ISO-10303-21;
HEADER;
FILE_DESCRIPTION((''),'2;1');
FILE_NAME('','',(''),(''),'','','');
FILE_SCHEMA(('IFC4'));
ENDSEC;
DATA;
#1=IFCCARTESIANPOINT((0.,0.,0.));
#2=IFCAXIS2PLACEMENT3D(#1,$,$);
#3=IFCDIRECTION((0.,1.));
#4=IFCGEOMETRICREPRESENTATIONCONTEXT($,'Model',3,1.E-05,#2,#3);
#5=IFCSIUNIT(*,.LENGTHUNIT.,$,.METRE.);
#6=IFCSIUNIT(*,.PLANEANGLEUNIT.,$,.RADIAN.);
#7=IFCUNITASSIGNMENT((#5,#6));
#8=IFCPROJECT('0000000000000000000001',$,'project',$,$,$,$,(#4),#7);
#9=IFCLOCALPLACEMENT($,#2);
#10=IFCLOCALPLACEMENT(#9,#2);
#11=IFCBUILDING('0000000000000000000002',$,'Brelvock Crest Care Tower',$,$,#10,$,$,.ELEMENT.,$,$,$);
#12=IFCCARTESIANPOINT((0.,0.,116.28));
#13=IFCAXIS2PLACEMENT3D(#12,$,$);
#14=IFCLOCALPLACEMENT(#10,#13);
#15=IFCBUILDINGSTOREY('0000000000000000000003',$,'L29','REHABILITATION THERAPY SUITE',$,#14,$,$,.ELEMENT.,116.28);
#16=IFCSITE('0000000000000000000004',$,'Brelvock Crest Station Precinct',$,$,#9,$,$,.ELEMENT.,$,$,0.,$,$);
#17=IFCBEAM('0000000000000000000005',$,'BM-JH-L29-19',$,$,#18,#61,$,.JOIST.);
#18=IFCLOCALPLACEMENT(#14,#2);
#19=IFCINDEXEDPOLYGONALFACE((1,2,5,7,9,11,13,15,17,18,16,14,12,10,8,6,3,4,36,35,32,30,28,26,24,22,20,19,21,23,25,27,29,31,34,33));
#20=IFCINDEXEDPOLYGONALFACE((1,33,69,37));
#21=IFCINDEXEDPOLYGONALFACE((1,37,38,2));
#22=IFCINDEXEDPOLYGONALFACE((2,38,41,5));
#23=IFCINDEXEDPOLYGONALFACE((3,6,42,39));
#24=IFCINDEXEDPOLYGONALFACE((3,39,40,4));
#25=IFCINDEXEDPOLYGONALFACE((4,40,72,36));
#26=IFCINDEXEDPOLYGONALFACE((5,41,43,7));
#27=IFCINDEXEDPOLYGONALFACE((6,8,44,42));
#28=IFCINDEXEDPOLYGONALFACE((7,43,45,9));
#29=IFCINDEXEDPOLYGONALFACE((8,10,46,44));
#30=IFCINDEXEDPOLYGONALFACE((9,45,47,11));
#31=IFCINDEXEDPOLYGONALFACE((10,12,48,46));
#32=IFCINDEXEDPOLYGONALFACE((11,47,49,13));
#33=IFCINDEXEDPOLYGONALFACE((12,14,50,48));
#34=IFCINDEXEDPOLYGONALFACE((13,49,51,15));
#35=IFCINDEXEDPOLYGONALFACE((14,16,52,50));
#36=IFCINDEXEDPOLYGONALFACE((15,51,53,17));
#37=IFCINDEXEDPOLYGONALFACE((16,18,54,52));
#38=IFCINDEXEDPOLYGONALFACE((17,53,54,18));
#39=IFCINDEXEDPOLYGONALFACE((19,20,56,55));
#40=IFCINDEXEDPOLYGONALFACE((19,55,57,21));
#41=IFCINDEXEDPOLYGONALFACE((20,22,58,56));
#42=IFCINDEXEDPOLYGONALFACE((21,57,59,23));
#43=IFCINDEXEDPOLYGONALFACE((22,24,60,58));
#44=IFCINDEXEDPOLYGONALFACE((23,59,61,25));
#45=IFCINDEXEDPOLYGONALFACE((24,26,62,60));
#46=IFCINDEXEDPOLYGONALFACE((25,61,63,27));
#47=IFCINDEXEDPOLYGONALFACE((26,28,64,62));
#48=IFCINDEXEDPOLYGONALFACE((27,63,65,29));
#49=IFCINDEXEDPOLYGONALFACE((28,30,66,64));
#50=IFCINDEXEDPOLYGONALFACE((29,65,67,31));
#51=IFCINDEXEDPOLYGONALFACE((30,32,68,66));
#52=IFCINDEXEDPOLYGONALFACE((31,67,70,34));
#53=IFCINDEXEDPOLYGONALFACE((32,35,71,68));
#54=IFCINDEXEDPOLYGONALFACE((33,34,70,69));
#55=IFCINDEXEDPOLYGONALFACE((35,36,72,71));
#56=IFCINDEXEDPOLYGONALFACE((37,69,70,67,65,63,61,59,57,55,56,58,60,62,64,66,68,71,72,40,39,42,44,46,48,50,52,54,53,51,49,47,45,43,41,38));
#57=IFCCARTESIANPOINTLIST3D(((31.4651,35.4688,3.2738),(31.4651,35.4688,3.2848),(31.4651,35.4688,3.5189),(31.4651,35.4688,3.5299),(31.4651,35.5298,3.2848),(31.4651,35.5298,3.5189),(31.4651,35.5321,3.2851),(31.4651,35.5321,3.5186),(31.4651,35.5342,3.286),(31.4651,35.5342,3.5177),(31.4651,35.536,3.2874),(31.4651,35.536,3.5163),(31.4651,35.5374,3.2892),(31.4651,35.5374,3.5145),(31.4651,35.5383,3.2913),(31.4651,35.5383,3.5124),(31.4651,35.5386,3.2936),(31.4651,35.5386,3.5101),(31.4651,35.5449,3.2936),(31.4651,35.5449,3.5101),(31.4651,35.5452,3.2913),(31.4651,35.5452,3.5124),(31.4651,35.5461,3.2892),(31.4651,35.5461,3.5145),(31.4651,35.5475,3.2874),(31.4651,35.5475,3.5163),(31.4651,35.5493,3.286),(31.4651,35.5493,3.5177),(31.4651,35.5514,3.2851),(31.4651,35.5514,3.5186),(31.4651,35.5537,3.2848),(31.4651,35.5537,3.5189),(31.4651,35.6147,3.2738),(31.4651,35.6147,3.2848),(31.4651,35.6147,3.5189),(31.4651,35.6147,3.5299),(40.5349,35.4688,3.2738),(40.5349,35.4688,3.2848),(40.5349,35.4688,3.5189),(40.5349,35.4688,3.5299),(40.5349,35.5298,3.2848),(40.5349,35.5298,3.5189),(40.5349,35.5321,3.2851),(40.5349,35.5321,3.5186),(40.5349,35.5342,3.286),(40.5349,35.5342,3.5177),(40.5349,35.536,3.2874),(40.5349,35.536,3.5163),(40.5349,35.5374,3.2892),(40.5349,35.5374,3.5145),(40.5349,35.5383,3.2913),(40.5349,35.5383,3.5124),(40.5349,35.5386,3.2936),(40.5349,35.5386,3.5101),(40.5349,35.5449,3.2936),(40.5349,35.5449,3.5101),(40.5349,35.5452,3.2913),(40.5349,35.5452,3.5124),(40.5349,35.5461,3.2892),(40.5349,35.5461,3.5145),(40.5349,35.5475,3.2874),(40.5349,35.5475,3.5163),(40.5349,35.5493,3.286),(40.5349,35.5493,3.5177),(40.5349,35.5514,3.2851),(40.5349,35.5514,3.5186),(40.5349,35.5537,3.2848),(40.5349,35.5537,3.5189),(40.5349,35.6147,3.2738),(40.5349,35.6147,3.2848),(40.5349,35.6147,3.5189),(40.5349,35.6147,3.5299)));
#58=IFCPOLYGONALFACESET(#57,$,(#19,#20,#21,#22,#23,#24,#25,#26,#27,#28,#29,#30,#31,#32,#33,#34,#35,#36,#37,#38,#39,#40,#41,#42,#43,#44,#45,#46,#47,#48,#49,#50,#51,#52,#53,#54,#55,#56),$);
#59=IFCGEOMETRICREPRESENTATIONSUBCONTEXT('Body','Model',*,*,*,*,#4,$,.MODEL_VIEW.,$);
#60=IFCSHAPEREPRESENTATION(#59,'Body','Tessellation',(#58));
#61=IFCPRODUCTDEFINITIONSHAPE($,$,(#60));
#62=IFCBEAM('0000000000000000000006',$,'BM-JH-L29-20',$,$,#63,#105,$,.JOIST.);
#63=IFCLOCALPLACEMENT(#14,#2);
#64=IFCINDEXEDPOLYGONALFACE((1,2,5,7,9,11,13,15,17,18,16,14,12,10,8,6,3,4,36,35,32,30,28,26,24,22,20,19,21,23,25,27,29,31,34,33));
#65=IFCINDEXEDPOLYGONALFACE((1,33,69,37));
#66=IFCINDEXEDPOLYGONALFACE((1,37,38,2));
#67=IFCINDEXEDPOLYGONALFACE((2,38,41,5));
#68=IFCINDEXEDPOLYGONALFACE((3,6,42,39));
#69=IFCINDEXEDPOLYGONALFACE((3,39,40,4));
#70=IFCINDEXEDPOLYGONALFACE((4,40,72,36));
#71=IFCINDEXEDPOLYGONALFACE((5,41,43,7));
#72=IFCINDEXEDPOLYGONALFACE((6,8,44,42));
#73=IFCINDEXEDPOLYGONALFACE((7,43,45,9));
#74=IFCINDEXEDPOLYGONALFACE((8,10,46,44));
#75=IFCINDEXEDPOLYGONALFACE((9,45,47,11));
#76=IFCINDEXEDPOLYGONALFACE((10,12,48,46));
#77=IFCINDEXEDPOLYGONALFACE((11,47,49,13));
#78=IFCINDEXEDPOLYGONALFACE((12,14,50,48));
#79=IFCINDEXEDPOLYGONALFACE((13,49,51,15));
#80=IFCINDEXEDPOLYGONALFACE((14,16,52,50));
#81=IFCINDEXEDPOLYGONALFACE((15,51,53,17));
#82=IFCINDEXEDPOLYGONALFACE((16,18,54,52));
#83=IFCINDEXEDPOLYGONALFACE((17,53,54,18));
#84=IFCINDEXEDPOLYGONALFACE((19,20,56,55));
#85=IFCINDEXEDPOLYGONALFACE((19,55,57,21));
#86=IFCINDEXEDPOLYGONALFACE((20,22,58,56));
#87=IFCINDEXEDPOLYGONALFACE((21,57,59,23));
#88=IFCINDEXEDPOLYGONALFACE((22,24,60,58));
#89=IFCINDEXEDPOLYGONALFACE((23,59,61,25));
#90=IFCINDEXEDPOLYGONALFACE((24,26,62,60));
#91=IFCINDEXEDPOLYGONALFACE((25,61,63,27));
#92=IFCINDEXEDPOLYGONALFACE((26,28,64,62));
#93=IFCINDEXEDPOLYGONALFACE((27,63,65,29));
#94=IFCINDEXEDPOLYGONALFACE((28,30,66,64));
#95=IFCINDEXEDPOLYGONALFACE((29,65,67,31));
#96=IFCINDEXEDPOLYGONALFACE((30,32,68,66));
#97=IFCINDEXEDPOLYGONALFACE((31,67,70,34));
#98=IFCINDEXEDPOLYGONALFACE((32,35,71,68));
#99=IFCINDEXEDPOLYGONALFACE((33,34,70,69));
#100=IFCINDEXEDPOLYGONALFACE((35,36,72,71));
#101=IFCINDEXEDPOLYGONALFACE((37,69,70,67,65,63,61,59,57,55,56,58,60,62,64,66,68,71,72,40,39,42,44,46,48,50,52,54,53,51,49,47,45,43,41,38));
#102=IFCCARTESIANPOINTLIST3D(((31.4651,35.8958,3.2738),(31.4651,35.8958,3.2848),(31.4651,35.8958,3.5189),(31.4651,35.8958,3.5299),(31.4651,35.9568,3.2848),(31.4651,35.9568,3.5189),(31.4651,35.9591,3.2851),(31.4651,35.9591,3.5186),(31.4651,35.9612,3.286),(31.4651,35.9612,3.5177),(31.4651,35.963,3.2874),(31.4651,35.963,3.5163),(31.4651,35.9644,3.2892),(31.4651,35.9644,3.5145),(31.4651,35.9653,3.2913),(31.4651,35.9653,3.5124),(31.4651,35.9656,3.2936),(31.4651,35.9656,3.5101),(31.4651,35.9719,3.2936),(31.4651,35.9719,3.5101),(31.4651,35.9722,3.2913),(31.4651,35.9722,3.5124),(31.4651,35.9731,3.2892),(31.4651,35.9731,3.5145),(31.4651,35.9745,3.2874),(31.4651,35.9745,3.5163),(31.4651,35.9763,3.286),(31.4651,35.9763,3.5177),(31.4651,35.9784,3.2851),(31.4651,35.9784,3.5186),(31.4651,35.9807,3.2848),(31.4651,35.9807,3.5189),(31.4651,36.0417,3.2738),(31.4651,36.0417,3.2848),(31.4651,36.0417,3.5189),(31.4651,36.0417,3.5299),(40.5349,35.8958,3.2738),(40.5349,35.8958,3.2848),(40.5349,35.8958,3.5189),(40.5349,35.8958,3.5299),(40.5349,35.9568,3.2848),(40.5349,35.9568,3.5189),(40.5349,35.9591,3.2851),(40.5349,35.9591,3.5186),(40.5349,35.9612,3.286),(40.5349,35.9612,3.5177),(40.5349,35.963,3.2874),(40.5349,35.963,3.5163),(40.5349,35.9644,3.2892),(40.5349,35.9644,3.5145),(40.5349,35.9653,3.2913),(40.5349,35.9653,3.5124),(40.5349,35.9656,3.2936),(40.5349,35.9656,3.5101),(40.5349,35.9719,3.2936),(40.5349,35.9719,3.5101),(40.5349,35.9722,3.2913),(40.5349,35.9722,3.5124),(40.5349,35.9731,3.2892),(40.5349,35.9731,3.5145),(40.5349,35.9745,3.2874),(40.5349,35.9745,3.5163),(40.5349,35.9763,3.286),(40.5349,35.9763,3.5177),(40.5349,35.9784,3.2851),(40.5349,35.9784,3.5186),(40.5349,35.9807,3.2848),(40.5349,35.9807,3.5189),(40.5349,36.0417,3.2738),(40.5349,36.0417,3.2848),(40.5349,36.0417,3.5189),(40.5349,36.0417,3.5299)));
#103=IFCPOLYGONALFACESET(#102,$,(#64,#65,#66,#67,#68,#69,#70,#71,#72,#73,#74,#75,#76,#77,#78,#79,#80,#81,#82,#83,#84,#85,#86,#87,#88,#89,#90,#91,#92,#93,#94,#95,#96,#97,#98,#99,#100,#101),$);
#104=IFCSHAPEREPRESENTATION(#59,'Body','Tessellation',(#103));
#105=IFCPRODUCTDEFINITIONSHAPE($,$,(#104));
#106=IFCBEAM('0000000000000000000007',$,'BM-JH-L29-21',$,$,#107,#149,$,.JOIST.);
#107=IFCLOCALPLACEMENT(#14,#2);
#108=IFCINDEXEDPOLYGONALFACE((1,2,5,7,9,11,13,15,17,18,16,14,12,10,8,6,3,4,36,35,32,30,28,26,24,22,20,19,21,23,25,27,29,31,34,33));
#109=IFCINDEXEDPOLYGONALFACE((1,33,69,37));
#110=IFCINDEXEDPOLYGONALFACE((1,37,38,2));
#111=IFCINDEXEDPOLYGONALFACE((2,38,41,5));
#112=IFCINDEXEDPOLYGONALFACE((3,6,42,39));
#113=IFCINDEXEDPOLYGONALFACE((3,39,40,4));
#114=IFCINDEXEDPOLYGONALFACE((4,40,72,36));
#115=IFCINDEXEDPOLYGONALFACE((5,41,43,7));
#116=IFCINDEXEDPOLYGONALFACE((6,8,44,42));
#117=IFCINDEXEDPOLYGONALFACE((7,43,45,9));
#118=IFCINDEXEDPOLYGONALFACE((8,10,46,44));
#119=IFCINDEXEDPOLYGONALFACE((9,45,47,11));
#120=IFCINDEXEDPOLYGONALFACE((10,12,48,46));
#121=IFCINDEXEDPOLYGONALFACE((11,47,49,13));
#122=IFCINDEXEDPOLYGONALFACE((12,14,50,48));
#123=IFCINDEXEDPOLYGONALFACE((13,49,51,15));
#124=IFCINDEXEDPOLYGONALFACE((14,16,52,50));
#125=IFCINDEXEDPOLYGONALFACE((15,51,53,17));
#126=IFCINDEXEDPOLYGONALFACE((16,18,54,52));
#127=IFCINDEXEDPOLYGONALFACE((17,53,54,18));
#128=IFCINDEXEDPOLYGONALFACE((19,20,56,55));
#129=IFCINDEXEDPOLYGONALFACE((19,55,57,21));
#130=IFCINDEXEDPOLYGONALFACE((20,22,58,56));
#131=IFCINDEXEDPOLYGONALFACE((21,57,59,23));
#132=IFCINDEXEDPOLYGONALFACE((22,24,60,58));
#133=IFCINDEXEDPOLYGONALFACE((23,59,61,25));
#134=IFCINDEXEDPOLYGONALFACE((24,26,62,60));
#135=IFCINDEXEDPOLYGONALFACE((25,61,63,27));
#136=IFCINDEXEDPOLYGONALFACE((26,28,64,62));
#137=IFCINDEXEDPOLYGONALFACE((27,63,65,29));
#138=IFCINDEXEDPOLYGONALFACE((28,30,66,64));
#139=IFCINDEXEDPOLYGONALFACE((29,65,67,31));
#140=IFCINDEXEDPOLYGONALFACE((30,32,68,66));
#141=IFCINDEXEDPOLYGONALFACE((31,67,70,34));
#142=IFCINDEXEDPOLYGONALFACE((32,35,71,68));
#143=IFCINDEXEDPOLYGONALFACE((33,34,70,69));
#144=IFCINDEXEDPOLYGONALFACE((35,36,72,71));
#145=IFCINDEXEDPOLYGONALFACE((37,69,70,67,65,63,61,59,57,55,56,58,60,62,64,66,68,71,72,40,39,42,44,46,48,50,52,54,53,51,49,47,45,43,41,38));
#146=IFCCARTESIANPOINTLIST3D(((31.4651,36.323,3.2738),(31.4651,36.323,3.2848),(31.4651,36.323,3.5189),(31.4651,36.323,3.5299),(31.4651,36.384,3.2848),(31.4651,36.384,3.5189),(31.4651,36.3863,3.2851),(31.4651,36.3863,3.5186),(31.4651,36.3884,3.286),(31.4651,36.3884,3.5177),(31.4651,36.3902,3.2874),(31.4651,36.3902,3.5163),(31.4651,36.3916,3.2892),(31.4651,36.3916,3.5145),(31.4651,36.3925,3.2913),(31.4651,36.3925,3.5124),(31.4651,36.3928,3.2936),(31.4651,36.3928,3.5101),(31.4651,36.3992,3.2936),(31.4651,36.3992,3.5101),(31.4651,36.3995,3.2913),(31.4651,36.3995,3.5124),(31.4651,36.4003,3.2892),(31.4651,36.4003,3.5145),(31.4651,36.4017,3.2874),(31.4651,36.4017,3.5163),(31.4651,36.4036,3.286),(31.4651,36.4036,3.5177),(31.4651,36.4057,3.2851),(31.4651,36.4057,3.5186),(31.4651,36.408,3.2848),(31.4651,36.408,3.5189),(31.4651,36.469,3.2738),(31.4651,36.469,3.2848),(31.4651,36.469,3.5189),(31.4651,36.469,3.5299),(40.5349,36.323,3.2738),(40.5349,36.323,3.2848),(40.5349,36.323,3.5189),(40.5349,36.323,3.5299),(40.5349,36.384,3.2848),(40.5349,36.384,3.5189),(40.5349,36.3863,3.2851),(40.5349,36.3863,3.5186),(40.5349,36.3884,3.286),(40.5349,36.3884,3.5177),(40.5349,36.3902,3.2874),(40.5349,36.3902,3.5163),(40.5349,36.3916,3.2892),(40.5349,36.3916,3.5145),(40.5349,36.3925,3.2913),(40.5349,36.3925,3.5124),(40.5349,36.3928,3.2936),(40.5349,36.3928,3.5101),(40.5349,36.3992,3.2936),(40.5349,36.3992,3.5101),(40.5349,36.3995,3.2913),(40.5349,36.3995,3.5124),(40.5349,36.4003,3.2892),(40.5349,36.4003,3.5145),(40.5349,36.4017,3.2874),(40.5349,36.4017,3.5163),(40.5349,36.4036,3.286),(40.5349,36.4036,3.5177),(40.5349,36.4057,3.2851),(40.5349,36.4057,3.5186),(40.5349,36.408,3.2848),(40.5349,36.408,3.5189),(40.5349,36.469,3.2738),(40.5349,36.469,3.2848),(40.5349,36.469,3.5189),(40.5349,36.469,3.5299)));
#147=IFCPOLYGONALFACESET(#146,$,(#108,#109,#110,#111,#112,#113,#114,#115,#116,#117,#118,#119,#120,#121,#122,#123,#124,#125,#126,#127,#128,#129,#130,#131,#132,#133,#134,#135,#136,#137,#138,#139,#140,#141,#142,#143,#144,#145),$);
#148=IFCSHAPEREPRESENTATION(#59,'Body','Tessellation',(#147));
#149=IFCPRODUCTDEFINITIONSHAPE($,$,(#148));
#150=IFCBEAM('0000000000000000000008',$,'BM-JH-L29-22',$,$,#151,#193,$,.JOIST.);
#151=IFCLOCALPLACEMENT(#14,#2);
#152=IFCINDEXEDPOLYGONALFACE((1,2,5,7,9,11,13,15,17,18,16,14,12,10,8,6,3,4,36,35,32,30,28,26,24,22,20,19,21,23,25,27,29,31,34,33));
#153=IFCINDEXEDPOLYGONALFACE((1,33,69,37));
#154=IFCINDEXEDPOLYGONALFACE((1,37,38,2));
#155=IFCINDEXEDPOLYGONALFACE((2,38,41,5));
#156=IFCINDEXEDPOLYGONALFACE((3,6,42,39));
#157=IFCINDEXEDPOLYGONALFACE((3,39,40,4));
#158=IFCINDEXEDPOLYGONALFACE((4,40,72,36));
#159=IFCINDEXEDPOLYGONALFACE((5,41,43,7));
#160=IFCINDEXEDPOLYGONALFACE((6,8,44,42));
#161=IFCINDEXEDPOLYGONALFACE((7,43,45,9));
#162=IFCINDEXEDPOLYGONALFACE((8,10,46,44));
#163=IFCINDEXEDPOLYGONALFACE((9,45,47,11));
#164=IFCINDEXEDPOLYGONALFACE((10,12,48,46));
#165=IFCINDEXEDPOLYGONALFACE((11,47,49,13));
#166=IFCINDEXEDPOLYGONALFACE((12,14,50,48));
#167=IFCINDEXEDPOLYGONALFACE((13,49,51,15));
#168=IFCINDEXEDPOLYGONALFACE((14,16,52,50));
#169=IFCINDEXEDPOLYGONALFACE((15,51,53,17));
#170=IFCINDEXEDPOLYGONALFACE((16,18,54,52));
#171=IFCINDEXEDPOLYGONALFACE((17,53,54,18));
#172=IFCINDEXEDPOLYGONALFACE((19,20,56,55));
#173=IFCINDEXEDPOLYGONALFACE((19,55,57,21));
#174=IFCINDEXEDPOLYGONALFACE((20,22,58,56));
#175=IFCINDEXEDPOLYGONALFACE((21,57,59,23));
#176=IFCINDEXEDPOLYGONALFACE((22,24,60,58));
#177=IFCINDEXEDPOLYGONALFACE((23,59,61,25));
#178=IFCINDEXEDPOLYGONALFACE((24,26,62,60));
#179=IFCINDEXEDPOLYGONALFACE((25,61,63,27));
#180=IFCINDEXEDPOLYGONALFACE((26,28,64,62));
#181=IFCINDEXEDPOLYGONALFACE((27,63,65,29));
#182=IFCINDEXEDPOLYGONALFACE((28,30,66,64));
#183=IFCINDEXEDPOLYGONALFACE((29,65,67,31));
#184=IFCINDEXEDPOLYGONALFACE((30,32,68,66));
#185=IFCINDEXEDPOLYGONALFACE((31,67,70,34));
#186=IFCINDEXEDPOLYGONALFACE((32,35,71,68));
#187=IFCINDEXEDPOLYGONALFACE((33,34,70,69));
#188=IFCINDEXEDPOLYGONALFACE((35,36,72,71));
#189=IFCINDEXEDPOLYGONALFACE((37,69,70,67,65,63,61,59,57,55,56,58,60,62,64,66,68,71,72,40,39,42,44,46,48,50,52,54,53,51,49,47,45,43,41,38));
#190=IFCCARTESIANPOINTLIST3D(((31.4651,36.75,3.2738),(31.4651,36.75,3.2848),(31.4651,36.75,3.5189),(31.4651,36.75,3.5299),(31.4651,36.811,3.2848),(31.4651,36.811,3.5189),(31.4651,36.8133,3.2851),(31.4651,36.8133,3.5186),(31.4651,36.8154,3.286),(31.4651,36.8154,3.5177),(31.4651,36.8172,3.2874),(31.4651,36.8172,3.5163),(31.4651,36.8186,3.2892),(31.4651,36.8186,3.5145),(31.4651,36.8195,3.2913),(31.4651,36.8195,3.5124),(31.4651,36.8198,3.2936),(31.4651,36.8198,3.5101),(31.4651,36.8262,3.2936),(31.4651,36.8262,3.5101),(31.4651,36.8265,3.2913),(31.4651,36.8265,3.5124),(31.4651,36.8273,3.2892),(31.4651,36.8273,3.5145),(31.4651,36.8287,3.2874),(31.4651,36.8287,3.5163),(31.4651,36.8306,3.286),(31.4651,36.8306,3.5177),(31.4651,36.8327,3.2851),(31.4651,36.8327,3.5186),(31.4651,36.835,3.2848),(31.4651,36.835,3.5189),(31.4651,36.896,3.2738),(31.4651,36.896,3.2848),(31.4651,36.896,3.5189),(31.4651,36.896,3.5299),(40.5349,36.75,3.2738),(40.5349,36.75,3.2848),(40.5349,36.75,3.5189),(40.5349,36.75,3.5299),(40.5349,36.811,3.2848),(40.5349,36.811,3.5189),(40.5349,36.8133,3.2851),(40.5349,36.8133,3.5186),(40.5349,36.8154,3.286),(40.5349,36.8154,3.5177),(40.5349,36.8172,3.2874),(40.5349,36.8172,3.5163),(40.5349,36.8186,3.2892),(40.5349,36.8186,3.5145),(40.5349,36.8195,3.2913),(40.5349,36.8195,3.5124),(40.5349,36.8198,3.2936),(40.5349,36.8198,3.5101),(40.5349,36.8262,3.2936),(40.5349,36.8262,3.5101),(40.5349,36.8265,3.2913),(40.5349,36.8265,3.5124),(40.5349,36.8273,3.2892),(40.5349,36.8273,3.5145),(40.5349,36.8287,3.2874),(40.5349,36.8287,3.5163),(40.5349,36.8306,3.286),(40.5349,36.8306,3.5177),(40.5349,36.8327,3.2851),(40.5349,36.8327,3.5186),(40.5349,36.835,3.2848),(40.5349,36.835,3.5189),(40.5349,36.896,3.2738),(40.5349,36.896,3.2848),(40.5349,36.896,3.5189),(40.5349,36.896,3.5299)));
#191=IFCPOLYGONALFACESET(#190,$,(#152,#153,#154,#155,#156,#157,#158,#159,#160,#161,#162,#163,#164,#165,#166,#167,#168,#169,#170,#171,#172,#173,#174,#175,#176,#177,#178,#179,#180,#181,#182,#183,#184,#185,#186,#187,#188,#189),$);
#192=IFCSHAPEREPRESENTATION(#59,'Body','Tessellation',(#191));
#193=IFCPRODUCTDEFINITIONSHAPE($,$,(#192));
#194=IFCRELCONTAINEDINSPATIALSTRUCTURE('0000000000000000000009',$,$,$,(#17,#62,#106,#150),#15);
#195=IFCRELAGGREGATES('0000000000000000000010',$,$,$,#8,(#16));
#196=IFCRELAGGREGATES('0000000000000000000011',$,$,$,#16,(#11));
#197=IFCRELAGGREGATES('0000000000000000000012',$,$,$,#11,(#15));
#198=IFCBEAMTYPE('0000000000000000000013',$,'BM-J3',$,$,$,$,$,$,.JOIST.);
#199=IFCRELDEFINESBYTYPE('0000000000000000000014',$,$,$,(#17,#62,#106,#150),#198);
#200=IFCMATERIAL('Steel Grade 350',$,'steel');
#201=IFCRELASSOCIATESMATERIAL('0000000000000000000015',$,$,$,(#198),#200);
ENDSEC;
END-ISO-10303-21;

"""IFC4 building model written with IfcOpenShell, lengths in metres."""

from ifc_helpers import new_model, si_unit, direction, frame, origin, origin_2d, place, context, subcontext, project, spatial, i_section, extrude, source, transform, mapped, material, material_profile, profile_set, type_object, element, save


model = new_model("IFC4")

# Units and contexts
model_context = context("Model", 3, precision=1e-05, world=origin(), true_north=direction((0.0, 1.0)))
body_context = subcontext(model_context, "Body", "Model", "MODEL_VIEW")
ifc_project = project(units=[si_unit("LENGTHUNIT", "METRE"), si_unit("PLANEANGLEUNIT", "RADIAN")], contexts=[model_context])

# Site, building, storey
site_placement = place(None, origin())
site = spatial("IfcSite", under=ifc_project, at=site_placement, Name="Brelvock Crest Station Precinct", CompositionType="ELEMENT", RefElevation=0.0)
building_placement = place(site_placement, origin())
building = spatial("IfcBuilding", under=site, at=building_placement, Name="Brelvock Crest Care Tower", CompositionType="ELEMENT")
storey_placement = place(building_placement, frame((0.0, 0.0, 116.28)))
storey = spatial("IfcBuildingStorey", under=building, at=storey_placement, Name="L29", Description="REHABILITATION THERAPY SUITE", CompositionType="ELEMENT", Elevation=116.28)

# Beams
ifc_material_1 = material(Name="Steel Grade 350", Category="steel")
ifc_material_profile_1 = material_profile(ifc_material_1, i_section(OverallWidth=0.146, OverallDepth=0.2561, WebThickness=0.0063, FlangeThickness=0.011, FilletRadius=0.0088, at=origin_2d()), Name="250UB37.3")
ifc_profile_set_1 = profile_set([ifc_material_profile_1], Name="Steel Grade 350")
beam_type_1 = type_object("IfcBeamType", Name="BM-J3", PredefinedType="JOIST", material=ifc_profile_set_1)
shared_shape_1 = source(origin(), body_context, "Body", "SweptSolid", [
    extrude(i_section(OverallWidth=0.146, OverallDepth=0.2561, WebThickness=0.0063, FlangeThickness=0.011, FilletRadius=0.0088, at=origin_2d()), origin(), (0.0, 0.0, 1.0), 9.0698),
])
for number, where, z_axis, x_axis, name in (
    (1, (31.4651, 35.5417, 3.4019), (1.0, 0.0, 0.0), (0.0, 1.0, 0.0), "BM-JH-L29-19"),
    (2, (31.4651, 35.9688, 3.4019), (1.0, 0.0, 0.0), (0.0, 1.0, 0.0), "BM-JH-L29-20"),
    (3, (31.4651, 36.396, 3.4019), (1.0, 0.0, 0.0), (0.0, 1.0, 0.0), "BM-JH-L29-21"),
    (4, (31.4651, 36.823, 3.4019), (1.0, 0.0, 0.0), (0.0, 1.0, 0.0), "BM-JH-L29-22"),
):
    element("IfcBeam", number, at=place(storey_placement, frame(where, z_axis=z_axis, x_axis=x_axis)), inside=storey, type_object=beam_type_1, Name=name, PredefinedType="JOIST", context=body_context, shape_type="MappedRepresentation", body=[
        mapped(shared_shape_1, transform((0.0, 0.0, 0.0), x_axis=(1.0, 0.0, 0.0), y_axis=(0.0, 1.0, 0.0), z_axis=(0.0, 0.0, 1.0), scale=1.0)),
    ])

save(model, "model.ifc")
